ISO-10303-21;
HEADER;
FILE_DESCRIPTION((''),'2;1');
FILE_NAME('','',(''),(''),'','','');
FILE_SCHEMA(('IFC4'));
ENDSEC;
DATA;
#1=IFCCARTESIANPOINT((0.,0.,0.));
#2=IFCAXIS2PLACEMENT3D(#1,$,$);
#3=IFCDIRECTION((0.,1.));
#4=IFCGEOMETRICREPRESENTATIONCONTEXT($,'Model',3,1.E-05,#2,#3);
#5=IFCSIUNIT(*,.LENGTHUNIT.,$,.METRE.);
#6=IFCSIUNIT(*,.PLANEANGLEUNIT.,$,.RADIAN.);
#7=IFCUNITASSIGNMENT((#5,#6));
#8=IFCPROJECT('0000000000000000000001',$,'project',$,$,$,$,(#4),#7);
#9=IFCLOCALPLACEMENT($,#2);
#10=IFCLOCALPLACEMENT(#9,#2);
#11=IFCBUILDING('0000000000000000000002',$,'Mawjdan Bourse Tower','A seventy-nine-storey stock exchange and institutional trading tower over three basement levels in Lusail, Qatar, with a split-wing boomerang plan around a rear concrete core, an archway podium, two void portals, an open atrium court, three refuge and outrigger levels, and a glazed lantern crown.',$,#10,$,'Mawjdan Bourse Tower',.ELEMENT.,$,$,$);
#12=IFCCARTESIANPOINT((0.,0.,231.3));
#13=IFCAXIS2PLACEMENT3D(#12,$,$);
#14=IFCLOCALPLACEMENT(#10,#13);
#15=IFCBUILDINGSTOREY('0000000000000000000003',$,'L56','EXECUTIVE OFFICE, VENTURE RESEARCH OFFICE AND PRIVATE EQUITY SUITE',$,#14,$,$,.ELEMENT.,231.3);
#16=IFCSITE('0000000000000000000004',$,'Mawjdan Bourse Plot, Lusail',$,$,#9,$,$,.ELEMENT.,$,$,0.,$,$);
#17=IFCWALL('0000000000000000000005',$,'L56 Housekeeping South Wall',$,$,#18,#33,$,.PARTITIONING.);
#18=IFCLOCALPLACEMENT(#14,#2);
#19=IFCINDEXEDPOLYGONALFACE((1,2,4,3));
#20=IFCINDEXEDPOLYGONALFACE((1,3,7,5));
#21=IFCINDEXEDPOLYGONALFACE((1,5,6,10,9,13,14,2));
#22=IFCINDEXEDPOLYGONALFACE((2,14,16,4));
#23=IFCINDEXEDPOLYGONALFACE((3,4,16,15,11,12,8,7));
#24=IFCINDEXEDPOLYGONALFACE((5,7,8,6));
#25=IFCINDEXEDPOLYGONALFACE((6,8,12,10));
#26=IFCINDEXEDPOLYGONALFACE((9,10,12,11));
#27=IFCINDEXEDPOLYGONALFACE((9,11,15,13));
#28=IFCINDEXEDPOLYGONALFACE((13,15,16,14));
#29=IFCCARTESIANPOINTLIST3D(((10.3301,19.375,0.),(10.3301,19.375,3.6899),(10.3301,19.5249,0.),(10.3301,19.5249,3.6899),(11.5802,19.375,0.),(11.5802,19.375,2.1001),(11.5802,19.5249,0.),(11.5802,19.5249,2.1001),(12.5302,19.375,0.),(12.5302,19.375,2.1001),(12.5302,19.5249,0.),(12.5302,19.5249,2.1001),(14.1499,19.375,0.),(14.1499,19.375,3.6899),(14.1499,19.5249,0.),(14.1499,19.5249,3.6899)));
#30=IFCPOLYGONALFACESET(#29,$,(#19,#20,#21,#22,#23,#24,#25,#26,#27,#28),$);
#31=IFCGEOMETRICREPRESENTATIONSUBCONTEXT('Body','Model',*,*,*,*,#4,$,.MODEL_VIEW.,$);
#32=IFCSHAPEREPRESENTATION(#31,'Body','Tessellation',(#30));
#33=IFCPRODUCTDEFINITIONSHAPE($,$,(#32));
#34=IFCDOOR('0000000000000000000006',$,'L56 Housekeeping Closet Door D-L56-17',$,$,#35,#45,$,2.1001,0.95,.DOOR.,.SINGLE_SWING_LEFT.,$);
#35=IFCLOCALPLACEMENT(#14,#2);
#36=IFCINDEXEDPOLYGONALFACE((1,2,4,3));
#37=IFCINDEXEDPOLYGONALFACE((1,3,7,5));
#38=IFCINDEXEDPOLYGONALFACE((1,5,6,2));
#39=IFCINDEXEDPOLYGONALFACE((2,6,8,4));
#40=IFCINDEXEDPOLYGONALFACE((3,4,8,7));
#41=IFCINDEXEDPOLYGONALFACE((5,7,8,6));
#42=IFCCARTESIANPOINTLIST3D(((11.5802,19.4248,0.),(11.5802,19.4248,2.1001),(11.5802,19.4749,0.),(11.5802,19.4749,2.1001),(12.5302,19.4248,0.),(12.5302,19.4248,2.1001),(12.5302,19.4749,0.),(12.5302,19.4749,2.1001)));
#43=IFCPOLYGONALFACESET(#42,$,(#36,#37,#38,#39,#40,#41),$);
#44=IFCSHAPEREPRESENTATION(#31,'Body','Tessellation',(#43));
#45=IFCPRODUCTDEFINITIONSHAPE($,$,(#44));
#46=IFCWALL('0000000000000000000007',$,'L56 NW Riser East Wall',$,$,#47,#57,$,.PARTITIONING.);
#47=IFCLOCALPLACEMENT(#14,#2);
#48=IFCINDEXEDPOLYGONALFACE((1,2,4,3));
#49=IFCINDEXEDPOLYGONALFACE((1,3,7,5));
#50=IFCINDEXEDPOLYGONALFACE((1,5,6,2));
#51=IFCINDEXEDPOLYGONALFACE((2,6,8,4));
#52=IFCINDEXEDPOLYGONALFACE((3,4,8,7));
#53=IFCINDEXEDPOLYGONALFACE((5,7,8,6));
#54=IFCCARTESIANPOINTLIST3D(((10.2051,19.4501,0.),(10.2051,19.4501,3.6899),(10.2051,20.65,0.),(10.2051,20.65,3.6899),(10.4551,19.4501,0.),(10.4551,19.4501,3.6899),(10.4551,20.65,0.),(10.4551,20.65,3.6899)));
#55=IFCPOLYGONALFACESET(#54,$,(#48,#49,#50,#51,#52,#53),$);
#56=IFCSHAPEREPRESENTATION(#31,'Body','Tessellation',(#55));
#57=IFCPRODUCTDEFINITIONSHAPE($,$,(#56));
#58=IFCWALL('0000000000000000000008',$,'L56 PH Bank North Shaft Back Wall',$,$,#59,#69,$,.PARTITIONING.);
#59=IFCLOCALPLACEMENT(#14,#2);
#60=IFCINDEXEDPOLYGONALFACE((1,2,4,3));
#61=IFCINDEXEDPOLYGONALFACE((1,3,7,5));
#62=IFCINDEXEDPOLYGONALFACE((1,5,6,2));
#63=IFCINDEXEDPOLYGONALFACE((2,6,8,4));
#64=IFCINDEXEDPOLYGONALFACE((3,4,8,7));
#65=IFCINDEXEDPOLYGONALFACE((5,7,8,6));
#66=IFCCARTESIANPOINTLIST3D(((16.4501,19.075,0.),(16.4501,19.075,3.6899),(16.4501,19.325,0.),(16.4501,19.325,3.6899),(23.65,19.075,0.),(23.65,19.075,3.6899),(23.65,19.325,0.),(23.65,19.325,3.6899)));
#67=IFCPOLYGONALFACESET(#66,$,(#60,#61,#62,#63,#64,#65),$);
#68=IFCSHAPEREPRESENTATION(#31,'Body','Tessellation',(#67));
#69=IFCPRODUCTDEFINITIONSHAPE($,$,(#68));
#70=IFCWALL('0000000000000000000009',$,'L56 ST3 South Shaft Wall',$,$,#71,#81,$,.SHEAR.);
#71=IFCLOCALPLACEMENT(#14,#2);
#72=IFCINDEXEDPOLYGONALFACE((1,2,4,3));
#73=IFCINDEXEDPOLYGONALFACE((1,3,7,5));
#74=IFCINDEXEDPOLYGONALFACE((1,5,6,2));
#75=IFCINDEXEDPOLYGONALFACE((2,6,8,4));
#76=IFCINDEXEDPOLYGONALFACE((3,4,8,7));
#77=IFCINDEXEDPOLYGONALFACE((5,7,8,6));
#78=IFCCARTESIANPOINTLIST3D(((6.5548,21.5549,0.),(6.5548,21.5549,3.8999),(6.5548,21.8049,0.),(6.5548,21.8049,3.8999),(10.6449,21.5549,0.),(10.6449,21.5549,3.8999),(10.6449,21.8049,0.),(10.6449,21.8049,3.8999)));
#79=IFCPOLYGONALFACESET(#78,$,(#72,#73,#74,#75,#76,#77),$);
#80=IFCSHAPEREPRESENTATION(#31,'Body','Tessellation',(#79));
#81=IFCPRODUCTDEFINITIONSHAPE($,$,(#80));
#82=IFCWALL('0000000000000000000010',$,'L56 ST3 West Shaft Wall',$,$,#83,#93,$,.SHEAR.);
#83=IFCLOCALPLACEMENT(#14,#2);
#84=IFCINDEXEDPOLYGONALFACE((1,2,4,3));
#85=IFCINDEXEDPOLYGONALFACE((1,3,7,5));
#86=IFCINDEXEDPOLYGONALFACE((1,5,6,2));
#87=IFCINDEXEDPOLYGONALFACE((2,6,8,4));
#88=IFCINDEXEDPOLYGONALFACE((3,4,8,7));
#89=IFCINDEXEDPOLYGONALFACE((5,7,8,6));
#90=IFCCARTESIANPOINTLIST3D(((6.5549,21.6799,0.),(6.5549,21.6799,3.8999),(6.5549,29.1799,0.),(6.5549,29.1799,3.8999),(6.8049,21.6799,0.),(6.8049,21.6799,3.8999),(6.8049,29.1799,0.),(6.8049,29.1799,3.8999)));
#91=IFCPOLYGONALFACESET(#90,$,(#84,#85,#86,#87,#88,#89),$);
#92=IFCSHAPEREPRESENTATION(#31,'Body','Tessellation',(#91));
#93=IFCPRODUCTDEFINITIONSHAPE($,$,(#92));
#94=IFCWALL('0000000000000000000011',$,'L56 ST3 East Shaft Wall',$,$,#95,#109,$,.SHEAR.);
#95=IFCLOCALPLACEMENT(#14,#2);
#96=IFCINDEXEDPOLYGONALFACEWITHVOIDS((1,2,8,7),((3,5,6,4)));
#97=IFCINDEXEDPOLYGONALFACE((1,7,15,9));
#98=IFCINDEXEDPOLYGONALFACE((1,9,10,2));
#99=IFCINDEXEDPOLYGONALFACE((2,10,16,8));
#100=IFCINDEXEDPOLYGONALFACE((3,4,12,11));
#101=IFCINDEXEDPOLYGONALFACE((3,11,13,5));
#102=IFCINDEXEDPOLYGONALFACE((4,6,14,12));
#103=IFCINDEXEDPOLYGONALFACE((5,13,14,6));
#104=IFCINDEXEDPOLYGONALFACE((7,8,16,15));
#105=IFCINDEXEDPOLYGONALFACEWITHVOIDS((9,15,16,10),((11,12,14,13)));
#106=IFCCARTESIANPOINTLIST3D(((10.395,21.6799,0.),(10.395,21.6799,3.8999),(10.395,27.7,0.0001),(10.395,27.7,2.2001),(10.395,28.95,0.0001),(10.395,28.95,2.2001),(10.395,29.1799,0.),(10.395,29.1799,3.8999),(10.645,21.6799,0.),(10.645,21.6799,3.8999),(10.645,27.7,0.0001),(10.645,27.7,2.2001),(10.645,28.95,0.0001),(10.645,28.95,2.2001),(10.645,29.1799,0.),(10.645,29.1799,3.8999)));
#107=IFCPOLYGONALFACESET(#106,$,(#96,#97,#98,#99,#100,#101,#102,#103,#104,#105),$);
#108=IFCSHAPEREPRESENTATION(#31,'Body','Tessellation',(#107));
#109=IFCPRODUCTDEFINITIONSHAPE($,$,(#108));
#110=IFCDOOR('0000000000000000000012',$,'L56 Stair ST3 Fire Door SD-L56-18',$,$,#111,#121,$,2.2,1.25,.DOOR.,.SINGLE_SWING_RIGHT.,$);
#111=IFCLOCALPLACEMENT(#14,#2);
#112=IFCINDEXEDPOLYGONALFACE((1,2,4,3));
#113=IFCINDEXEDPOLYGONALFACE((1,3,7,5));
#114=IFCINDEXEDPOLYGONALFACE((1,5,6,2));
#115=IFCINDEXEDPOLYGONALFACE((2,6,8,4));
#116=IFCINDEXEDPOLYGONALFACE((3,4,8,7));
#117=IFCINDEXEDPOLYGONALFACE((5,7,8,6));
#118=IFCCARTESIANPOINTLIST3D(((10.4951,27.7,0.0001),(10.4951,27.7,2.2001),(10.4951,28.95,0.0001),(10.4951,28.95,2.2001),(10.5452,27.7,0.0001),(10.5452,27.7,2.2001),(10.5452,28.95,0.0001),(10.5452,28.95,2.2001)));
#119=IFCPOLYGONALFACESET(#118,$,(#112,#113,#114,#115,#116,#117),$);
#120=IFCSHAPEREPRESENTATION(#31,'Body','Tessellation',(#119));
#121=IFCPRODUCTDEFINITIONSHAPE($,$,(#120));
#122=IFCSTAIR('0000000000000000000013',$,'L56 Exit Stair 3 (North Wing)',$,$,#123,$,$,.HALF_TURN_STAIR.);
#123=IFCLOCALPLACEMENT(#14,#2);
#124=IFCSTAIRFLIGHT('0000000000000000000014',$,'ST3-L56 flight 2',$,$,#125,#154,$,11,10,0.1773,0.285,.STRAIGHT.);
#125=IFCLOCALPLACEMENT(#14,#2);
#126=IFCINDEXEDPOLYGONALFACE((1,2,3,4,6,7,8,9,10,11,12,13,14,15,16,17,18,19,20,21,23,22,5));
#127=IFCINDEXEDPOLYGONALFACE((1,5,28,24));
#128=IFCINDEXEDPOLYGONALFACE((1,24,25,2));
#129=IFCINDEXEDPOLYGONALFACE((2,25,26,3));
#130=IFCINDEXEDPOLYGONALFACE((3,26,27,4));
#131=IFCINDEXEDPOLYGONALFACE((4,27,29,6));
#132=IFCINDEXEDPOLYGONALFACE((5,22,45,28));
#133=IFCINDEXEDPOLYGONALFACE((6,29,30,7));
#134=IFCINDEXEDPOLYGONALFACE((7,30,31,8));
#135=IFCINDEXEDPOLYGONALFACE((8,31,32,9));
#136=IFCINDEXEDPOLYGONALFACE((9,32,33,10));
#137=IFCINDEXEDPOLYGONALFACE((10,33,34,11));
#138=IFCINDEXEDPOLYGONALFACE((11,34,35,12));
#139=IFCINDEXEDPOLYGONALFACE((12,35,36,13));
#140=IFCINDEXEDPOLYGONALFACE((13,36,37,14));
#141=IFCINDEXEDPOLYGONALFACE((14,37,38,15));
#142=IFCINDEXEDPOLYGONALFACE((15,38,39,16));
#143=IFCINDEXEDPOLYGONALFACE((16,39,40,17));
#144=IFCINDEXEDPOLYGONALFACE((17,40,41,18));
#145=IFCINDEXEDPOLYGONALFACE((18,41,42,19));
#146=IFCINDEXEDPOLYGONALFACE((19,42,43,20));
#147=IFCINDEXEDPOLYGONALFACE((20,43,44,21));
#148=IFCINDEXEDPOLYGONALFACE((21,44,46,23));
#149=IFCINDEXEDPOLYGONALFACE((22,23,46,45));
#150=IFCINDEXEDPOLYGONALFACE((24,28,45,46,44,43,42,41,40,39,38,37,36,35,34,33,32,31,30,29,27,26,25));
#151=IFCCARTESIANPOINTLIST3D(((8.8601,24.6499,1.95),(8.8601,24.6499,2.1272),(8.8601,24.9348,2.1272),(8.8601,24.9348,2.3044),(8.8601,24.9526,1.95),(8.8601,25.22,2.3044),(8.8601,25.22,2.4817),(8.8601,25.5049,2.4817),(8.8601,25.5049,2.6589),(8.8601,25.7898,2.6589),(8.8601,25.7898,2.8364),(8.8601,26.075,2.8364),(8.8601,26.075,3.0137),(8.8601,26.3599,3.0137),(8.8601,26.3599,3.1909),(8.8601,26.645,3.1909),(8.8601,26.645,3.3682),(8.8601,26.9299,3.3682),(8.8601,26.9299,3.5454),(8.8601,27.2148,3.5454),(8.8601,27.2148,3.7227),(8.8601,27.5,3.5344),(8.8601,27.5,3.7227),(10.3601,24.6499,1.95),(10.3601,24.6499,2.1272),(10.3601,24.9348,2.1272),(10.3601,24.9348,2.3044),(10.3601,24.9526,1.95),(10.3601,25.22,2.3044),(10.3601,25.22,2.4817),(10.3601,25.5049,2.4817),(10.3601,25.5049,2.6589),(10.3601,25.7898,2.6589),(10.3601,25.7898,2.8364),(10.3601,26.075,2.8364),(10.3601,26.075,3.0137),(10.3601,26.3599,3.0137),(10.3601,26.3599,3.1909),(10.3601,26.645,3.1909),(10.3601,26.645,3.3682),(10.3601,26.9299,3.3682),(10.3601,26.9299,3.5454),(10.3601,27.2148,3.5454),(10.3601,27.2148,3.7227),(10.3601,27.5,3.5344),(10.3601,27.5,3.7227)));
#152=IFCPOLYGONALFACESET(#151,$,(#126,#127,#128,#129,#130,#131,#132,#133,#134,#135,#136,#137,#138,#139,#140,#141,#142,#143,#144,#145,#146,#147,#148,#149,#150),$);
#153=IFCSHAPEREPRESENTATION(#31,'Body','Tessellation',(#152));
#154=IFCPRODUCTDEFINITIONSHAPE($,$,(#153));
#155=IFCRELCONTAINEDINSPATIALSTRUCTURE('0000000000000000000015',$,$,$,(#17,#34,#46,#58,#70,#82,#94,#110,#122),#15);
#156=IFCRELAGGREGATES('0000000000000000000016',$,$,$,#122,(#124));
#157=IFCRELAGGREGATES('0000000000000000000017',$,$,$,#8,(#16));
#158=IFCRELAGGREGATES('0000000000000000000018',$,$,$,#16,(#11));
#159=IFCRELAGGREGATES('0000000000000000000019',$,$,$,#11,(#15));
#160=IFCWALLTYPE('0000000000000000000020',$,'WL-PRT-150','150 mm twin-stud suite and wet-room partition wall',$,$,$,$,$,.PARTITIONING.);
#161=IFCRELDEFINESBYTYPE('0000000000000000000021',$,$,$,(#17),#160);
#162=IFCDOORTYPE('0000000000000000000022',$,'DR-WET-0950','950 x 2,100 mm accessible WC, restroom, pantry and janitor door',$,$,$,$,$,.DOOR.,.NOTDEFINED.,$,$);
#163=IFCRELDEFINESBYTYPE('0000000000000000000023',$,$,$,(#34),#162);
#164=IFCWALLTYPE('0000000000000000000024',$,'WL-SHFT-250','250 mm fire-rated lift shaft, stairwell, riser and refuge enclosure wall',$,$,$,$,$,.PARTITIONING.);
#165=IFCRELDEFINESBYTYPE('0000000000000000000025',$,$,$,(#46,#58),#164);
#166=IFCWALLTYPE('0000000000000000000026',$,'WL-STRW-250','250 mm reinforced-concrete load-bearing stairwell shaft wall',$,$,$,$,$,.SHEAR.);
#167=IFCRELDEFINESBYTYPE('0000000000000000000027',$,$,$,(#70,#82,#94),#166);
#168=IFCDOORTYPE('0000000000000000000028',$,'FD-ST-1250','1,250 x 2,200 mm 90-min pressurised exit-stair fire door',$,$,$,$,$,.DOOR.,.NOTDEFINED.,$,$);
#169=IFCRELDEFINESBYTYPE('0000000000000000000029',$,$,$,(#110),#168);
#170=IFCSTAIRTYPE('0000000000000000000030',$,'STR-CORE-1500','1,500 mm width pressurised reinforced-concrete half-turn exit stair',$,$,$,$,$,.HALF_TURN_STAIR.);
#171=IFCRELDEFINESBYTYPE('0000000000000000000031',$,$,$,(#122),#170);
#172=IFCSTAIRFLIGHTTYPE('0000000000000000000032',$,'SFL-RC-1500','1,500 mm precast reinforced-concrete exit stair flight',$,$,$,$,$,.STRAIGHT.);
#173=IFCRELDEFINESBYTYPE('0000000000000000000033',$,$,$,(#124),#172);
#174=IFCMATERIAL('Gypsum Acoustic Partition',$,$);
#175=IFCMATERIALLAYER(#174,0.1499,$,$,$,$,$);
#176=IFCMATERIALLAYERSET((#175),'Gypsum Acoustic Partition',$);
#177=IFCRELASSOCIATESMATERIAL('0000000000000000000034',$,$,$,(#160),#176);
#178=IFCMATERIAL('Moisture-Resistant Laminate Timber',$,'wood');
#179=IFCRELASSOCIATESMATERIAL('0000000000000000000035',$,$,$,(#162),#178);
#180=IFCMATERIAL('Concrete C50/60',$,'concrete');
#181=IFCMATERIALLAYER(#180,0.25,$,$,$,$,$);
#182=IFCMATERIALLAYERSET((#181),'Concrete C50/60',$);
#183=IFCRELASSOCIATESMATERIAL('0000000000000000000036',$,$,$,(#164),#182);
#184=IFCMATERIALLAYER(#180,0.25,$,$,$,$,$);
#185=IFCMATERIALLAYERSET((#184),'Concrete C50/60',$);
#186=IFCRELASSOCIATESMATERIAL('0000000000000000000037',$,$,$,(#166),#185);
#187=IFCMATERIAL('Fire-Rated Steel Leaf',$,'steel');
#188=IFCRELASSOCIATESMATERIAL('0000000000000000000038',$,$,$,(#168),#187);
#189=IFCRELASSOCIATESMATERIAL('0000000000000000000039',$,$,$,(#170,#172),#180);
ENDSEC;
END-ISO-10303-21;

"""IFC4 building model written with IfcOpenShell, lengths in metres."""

from ifc_helpers import new_model, si_unit, direction, frame, frame_2d, origin, place, context, subcontext, project, spatial, polyline, rectangle, outline, extrude, material, layer, layer_set, type_object, element, fill, aggregate, save


model = new_model("IFC4")

# Units and contexts
model_context = context("Model", 3, precision=1e-05, world=origin(), true_north=direction((0.0, 1.0)))
body_context = subcontext(model_context, "Body", "Model", "MODEL_VIEW")
ifc_project = project(units=[si_unit("LENGTHUNIT", "METRE"), si_unit("PLANEANGLEUNIT", "RADIAN")], contexts=[model_context])

# Site, building, storey
site_placement = place(None, origin())
site = spatial("IfcSite", under=ifc_project, at=site_placement, Name="Mawjdan Bourse Plot, Lusail", CompositionType="ELEMENT", RefElevation=0.0)
building_placement = place(site_placement, origin())
building = spatial("IfcBuilding", under=site, at=building_placement, Name="Mawjdan Bourse Tower", Description="A seventy-nine-storey stock exchange and institutional trading tower over three basement levels in Lusail, Qatar, with a split-wing boomerang plan around a rear concrete core, an archway podium, two void portals, an open atrium court, three refuge and outrigger levels, and a glazed lantern crown.", LongName="Mawjdan Bourse Tower", CompositionType="ELEMENT")
storey_placement = place(building_placement, frame((0.0, 0.0, 231.3)))
storey = spatial("IfcBuildingStorey", under=building, at=storey_placement, Name="L56", Description="EXECUTIVE OFFICE, VENTURE RESEARCH OFFICE AND PRIVATE EQUITY SUITE", CompositionType="ELEMENT", Elevation=231.3)

# Wall, opening, door
ifc_material_1 = material(Name="Gypsum Acoustic Partition")
ifc_layer_1 = layer(ifc_material_1, 0.1499)
ifc_layer_set_1 = layer_set([ifc_layer_1], Name="Gypsum Acoustic Partition")
wall_type_1 = type_object("IfcWallType", Name="WL-PRT-150", Description="150 mm twin-stud suite and wet-room partition wall", PredefinedType="PARTITIONING", material=ifc_layer_set_1)
wall_1_placement = place(storey_placement, frame((10.3301, 19.45, 0.0), z_axis=(0.0, 0.0, 1.0), x_axis=(1.0, 0.0, 0.0)))
wall_1 = element("IfcWall", 1, at=wall_1_placement, inside=storey, type_object=wall_type_1, Name="L56 Housekeeping South Wall", PredefinedType="PARTITIONING", context=body_context, shape_type="SweptSolid", body=[
    extrude(rectangle(XDim=3.8198, YDim=0.1499, at=frame_2d((1.9099, 0.0))), origin(), (0.0, 0.0, 1.0), 3.6899),
])
opening_1_placement = place(wall_1_placement, frame((1.25, 0.0, 0.0)))
opening_1 = element("IfcOpeningElement", 2, at=opening_1_placement, cuts=wall_1, PredefinedType="OPENING", context=body_context, shape_type="SweptSolid", body=[
    extrude(rectangle(XDim=0.95, YDim=2.1001, at=frame_2d((0.4751, 1.05))), frame((0.0, 0.085, 0.0), z_axis=(0.0, -1.0, 0.0), x_axis=(1.0, 0.0, 0.0)), (0.0, 0.0, 1.0), 0.1699),
])
ifc_material_2 = material(Name="Moisture-Resistant Laminate Timber", Category="wood")
door_type_1 = type_object("IfcDoorType", Name="DR-WET-0950", Description="950 x 2,100 mm accessible WC, restroom, pantry and janitor door", OperationType="NOTDEFINED", PredefinedType="DOOR", material=ifc_material_2)
door_1_placement = place(opening_1_placement, origin())
door_1 = element("IfcDoor", 3, at=door_1_placement, inside=storey, type_object=door_type_1, Name="L56 Housekeeping Closet Door D-L56-17", OperationType="SINGLE_SWING_LEFT", OverallHeight=2.1001, OverallWidth=0.95, PredefinedType="DOOR", context=body_context, shape_type="SweptSolid", body=[
    extrude(rectangle(XDim=0.95, YDim=2.1001, at=frame_2d((0.4751, 1.05))), frame((0.0, 0.0249, 0.0), z_axis=(0.0, -1.0, 0.0), x_axis=(1.0, 0.0, 0.0)), (0.0, 0.0, 1.0), 0.05),
])
fill(opening_1, door_1)

# Walls
ifc_material_3 = material(Name="Concrete C50/60", Category="concrete")
ifc_layer_2 = layer(ifc_material_3, 0.25)
ifc_layer_set_2 = layer_set([ifc_layer_2], Name="Concrete C50/60")
wall_type_2 = type_object("IfcWallType", Name="WL-SHFT-250", Description="250 mm fire-rated lift shaft, stairwell, riser and refuge enclosure wall", PredefinedType="PARTITIONING", material=ifc_layer_set_2)
wall_2_placement = place(storey_placement, frame((10.3301, 19.45, 0.0), z_axis=(0.0, 0.0, 1.0), x_axis=(0.0, 1.0, 0.0)))
element("IfcWall", 4, at=wall_2_placement, inside=storey, type_object=wall_type_2, Name="L56 NW Riser East Wall", PredefinedType="PARTITIONING", context=body_context, shape_type="SweptSolid", body=[
    extrude(rectangle(XDim=1.2, YDim=0.25, at=frame_2d((0.6001, 0.0))), origin(), (0.0, 0.0, 1.0), 3.6899),
])
wall_3_placement = place(storey_placement, frame((16.45, 19.2, 0.0), z_axis=(0.0, 0.0, 1.0), x_axis=(1.0, 0.0, 0.0)))
element("IfcWall", 5, at=wall_3_placement, inside=storey, type_object=wall_type_2, Name="L56 PH Bank North Shaft Back Wall", PredefinedType="PARTITIONING", context=body_context, shape_type="SweptSolid", body=[
    extrude(rectangle(XDim=7.2, YDim=0.25, at=frame_2d((3.6001, 0.0))), origin(), (0.0, 0.0, 1.0), 3.6899),
])
ifc_layer_3 = layer(ifc_material_3, 0.25)
ifc_layer_set_3 = layer_set([ifc_layer_3], Name="Concrete C50/60")
wall_type_3 = type_object("IfcWallType", Name="WL-STRW-250", Description="250 mm reinforced-concrete load-bearing stairwell shaft wall", PredefinedType="SHEAR", material=ifc_layer_set_3)
wall_4_placement = place(storey_placement, frame((6.5549, 21.6799, 0.0), z_axis=(0.0, 0.0, 1.0), x_axis=(1.0, 0.0, 0.0)))
element("IfcWall", 6, at=wall_4_placement, inside=storey, type_object=wall_type_3, Name="L56 ST3 South Shaft Wall", PredefinedType="SHEAR", context=body_context, shape_type="SweptSolid", body=[
    extrude(rectangle(XDim=4.0901, YDim=0.25, at=frame_2d((2.0449, 0.0))), origin(), (0.0, 0.0, 1.0), 3.8999),
])
wall_5_placement = place(storey_placement, frame((6.6799, 21.6799, 0.0), z_axis=(0.0, 0.0, 1.0), x_axis=(0.0, 1.0, 0.0)))
element("IfcWall", 7, at=wall_5_placement, inside=storey, type_object=wall_type_3, Name="L56 ST3 West Shaft Wall", PredefinedType="SHEAR", context=body_context, shape_type="SweptSolid", body=[
    extrude(rectangle(XDim=7.5, YDim=0.25, at=frame_2d((3.75, 0.0))), origin(), (0.0, 0.0, 1.0), 3.8999),
])

# Wall, opening, door
wall_6_placement = place(storey_placement, frame((10.52, 21.6799, 0.0), z_axis=(0.0, 0.0, 1.0), x_axis=(0.0, 1.0, 0.0)))
wall_6 = element("IfcWall", 8, at=wall_6_placement, inside=storey, type_object=wall_type_3, Name="L56 ST3 East Shaft Wall", PredefinedType="SHEAR", context=body_context, shape_type="SweptSolid", body=[
    extrude(rectangle(XDim=7.5, YDim=0.25, at=frame_2d((3.75, 0.0))), origin(), (0.0, 0.0, 1.0), 3.8999),
])
opening_2_placement = place(wall_6_placement, frame((6.02, 0.0, 0.0)))
opening_2 = element("IfcOpeningElement", 9, at=opening_2_placement, cuts=wall_6, PredefinedType="OPENING", context=body_context, shape_type="SweptSolid", body=[
    extrude(rectangle(XDim=1.25, YDim=2.2, at=frame_2d((0.625, 1.1001))), frame((0.0, 0.135, 0.0), z_axis=(0.0, -1.0, 0.0), x_axis=(1.0, 0.0, 0.0)), (0.0, 0.0, 1.0), 0.27),
])
ifc_material_4 = material(Name="Fire-Rated Steel Leaf", Category="steel")
door_type_2 = type_object("IfcDoorType", Name="FD-ST-1250", Description="1,250 x 2,200 mm 90-min pressurised exit-stair fire door", OperationType="NOTDEFINED", PredefinedType="DOOR", material=ifc_material_4)
door_2_placement = place(opening_2_placement, origin())
door_2 = element("IfcDoor", 10, at=door_2_placement, inside=storey, type_object=door_type_2, Name="L56 Stair ST3 Fire Door SD-L56-18", OperationType="SINGLE_SWING_RIGHT", OverallHeight=2.2, OverallWidth=1.25, PredefinedType="DOOR", context=body_context, shape_type="SweptSolid", body=[
    extrude(rectangle(XDim=1.25, YDim=2.2, at=frame_2d((0.625, 1.1001))), frame((0.0, 0.0249, 0.0), z_axis=(0.0, -1.0, 0.0), x_axis=(1.0, 0.0, 0.0)), (0.0, 0.0, 1.0), 0.05),
])
fill(opening_2, door_2)

# Stair, stair flight
stair_type = type_object("IfcStairType", Name="STR-CORE-1500", Description="1,500 mm width pressurised reinforced-concrete half-turn exit stair", PredefinedType="HALF_TURN_STAIR", material=ifc_material_3)
stair_placement = place(storey_placement, origin())
stair = element("IfcStair", 11, at=stair_placement, inside=storey, type_object=stair_type, Name="L56 Exit Stair 3 (North Wing)", PredefinedType="HALF_TURN_STAIR")
stair_flight_type = type_object("IfcStairFlightType", Name="SFL-RC-1500", Description="1,500 mm precast reinforced-concrete exit stair flight", PredefinedType="STRAIGHT", material=ifc_material_3)
stair_flight_placement = place(storey_placement, frame((9.6101, 24.6499, 1.95), z_axis=(0.0, 0.0, 1.0), x_axis=(0.0, 1.0, 0.0)))
stair_flight = element("IfcStairFlight", 12, at=stair_flight_placement, type_object=stair_flight_type, Name="ST3-L56 flight 2", NumberOfRisers=11, NumberOfTreads=10, PredefinedType="STRAIGHT", RiserHeight=0.1773, TreadLength=0.285, context=body_context, shape_type="SweptSolid", body=[
    extrude(outline(polyline([(0.0, 0.0), (0.0, 0.1772), (0.2849, 0.1772), (0.2849, 0.3545), (0.5701, 0.3545), (0.5701, 0.5317), (0.855, 0.5317), (0.855, 0.709), (1.1399, 0.709), (1.1399, 0.8865), (1.425, 0.8865), (1.425, 1.0637), (1.71, 1.0637), (1.71, 1.241), (1.9951, 1.241), (1.9951, 1.4182), (2.28, 1.4182), (2.28, 1.5955), (2.5649, 1.5955), (2.5649, 1.7727), (2.8501, 1.7727), (2.8501, 1.95), (2.8501, 1.5845), (0.3027, 0.0), (0.0, 0.0)])), frame((0.0, 0.75, 0.0), z_axis=(0.0, -1.0, 0.0), x_axis=(1.0, 0.0, 0.0)), (0.0, 0.0, 1.0), 1.5),
])
aggregate(stair, [stair_flight])

save(model, "model.ifc")
